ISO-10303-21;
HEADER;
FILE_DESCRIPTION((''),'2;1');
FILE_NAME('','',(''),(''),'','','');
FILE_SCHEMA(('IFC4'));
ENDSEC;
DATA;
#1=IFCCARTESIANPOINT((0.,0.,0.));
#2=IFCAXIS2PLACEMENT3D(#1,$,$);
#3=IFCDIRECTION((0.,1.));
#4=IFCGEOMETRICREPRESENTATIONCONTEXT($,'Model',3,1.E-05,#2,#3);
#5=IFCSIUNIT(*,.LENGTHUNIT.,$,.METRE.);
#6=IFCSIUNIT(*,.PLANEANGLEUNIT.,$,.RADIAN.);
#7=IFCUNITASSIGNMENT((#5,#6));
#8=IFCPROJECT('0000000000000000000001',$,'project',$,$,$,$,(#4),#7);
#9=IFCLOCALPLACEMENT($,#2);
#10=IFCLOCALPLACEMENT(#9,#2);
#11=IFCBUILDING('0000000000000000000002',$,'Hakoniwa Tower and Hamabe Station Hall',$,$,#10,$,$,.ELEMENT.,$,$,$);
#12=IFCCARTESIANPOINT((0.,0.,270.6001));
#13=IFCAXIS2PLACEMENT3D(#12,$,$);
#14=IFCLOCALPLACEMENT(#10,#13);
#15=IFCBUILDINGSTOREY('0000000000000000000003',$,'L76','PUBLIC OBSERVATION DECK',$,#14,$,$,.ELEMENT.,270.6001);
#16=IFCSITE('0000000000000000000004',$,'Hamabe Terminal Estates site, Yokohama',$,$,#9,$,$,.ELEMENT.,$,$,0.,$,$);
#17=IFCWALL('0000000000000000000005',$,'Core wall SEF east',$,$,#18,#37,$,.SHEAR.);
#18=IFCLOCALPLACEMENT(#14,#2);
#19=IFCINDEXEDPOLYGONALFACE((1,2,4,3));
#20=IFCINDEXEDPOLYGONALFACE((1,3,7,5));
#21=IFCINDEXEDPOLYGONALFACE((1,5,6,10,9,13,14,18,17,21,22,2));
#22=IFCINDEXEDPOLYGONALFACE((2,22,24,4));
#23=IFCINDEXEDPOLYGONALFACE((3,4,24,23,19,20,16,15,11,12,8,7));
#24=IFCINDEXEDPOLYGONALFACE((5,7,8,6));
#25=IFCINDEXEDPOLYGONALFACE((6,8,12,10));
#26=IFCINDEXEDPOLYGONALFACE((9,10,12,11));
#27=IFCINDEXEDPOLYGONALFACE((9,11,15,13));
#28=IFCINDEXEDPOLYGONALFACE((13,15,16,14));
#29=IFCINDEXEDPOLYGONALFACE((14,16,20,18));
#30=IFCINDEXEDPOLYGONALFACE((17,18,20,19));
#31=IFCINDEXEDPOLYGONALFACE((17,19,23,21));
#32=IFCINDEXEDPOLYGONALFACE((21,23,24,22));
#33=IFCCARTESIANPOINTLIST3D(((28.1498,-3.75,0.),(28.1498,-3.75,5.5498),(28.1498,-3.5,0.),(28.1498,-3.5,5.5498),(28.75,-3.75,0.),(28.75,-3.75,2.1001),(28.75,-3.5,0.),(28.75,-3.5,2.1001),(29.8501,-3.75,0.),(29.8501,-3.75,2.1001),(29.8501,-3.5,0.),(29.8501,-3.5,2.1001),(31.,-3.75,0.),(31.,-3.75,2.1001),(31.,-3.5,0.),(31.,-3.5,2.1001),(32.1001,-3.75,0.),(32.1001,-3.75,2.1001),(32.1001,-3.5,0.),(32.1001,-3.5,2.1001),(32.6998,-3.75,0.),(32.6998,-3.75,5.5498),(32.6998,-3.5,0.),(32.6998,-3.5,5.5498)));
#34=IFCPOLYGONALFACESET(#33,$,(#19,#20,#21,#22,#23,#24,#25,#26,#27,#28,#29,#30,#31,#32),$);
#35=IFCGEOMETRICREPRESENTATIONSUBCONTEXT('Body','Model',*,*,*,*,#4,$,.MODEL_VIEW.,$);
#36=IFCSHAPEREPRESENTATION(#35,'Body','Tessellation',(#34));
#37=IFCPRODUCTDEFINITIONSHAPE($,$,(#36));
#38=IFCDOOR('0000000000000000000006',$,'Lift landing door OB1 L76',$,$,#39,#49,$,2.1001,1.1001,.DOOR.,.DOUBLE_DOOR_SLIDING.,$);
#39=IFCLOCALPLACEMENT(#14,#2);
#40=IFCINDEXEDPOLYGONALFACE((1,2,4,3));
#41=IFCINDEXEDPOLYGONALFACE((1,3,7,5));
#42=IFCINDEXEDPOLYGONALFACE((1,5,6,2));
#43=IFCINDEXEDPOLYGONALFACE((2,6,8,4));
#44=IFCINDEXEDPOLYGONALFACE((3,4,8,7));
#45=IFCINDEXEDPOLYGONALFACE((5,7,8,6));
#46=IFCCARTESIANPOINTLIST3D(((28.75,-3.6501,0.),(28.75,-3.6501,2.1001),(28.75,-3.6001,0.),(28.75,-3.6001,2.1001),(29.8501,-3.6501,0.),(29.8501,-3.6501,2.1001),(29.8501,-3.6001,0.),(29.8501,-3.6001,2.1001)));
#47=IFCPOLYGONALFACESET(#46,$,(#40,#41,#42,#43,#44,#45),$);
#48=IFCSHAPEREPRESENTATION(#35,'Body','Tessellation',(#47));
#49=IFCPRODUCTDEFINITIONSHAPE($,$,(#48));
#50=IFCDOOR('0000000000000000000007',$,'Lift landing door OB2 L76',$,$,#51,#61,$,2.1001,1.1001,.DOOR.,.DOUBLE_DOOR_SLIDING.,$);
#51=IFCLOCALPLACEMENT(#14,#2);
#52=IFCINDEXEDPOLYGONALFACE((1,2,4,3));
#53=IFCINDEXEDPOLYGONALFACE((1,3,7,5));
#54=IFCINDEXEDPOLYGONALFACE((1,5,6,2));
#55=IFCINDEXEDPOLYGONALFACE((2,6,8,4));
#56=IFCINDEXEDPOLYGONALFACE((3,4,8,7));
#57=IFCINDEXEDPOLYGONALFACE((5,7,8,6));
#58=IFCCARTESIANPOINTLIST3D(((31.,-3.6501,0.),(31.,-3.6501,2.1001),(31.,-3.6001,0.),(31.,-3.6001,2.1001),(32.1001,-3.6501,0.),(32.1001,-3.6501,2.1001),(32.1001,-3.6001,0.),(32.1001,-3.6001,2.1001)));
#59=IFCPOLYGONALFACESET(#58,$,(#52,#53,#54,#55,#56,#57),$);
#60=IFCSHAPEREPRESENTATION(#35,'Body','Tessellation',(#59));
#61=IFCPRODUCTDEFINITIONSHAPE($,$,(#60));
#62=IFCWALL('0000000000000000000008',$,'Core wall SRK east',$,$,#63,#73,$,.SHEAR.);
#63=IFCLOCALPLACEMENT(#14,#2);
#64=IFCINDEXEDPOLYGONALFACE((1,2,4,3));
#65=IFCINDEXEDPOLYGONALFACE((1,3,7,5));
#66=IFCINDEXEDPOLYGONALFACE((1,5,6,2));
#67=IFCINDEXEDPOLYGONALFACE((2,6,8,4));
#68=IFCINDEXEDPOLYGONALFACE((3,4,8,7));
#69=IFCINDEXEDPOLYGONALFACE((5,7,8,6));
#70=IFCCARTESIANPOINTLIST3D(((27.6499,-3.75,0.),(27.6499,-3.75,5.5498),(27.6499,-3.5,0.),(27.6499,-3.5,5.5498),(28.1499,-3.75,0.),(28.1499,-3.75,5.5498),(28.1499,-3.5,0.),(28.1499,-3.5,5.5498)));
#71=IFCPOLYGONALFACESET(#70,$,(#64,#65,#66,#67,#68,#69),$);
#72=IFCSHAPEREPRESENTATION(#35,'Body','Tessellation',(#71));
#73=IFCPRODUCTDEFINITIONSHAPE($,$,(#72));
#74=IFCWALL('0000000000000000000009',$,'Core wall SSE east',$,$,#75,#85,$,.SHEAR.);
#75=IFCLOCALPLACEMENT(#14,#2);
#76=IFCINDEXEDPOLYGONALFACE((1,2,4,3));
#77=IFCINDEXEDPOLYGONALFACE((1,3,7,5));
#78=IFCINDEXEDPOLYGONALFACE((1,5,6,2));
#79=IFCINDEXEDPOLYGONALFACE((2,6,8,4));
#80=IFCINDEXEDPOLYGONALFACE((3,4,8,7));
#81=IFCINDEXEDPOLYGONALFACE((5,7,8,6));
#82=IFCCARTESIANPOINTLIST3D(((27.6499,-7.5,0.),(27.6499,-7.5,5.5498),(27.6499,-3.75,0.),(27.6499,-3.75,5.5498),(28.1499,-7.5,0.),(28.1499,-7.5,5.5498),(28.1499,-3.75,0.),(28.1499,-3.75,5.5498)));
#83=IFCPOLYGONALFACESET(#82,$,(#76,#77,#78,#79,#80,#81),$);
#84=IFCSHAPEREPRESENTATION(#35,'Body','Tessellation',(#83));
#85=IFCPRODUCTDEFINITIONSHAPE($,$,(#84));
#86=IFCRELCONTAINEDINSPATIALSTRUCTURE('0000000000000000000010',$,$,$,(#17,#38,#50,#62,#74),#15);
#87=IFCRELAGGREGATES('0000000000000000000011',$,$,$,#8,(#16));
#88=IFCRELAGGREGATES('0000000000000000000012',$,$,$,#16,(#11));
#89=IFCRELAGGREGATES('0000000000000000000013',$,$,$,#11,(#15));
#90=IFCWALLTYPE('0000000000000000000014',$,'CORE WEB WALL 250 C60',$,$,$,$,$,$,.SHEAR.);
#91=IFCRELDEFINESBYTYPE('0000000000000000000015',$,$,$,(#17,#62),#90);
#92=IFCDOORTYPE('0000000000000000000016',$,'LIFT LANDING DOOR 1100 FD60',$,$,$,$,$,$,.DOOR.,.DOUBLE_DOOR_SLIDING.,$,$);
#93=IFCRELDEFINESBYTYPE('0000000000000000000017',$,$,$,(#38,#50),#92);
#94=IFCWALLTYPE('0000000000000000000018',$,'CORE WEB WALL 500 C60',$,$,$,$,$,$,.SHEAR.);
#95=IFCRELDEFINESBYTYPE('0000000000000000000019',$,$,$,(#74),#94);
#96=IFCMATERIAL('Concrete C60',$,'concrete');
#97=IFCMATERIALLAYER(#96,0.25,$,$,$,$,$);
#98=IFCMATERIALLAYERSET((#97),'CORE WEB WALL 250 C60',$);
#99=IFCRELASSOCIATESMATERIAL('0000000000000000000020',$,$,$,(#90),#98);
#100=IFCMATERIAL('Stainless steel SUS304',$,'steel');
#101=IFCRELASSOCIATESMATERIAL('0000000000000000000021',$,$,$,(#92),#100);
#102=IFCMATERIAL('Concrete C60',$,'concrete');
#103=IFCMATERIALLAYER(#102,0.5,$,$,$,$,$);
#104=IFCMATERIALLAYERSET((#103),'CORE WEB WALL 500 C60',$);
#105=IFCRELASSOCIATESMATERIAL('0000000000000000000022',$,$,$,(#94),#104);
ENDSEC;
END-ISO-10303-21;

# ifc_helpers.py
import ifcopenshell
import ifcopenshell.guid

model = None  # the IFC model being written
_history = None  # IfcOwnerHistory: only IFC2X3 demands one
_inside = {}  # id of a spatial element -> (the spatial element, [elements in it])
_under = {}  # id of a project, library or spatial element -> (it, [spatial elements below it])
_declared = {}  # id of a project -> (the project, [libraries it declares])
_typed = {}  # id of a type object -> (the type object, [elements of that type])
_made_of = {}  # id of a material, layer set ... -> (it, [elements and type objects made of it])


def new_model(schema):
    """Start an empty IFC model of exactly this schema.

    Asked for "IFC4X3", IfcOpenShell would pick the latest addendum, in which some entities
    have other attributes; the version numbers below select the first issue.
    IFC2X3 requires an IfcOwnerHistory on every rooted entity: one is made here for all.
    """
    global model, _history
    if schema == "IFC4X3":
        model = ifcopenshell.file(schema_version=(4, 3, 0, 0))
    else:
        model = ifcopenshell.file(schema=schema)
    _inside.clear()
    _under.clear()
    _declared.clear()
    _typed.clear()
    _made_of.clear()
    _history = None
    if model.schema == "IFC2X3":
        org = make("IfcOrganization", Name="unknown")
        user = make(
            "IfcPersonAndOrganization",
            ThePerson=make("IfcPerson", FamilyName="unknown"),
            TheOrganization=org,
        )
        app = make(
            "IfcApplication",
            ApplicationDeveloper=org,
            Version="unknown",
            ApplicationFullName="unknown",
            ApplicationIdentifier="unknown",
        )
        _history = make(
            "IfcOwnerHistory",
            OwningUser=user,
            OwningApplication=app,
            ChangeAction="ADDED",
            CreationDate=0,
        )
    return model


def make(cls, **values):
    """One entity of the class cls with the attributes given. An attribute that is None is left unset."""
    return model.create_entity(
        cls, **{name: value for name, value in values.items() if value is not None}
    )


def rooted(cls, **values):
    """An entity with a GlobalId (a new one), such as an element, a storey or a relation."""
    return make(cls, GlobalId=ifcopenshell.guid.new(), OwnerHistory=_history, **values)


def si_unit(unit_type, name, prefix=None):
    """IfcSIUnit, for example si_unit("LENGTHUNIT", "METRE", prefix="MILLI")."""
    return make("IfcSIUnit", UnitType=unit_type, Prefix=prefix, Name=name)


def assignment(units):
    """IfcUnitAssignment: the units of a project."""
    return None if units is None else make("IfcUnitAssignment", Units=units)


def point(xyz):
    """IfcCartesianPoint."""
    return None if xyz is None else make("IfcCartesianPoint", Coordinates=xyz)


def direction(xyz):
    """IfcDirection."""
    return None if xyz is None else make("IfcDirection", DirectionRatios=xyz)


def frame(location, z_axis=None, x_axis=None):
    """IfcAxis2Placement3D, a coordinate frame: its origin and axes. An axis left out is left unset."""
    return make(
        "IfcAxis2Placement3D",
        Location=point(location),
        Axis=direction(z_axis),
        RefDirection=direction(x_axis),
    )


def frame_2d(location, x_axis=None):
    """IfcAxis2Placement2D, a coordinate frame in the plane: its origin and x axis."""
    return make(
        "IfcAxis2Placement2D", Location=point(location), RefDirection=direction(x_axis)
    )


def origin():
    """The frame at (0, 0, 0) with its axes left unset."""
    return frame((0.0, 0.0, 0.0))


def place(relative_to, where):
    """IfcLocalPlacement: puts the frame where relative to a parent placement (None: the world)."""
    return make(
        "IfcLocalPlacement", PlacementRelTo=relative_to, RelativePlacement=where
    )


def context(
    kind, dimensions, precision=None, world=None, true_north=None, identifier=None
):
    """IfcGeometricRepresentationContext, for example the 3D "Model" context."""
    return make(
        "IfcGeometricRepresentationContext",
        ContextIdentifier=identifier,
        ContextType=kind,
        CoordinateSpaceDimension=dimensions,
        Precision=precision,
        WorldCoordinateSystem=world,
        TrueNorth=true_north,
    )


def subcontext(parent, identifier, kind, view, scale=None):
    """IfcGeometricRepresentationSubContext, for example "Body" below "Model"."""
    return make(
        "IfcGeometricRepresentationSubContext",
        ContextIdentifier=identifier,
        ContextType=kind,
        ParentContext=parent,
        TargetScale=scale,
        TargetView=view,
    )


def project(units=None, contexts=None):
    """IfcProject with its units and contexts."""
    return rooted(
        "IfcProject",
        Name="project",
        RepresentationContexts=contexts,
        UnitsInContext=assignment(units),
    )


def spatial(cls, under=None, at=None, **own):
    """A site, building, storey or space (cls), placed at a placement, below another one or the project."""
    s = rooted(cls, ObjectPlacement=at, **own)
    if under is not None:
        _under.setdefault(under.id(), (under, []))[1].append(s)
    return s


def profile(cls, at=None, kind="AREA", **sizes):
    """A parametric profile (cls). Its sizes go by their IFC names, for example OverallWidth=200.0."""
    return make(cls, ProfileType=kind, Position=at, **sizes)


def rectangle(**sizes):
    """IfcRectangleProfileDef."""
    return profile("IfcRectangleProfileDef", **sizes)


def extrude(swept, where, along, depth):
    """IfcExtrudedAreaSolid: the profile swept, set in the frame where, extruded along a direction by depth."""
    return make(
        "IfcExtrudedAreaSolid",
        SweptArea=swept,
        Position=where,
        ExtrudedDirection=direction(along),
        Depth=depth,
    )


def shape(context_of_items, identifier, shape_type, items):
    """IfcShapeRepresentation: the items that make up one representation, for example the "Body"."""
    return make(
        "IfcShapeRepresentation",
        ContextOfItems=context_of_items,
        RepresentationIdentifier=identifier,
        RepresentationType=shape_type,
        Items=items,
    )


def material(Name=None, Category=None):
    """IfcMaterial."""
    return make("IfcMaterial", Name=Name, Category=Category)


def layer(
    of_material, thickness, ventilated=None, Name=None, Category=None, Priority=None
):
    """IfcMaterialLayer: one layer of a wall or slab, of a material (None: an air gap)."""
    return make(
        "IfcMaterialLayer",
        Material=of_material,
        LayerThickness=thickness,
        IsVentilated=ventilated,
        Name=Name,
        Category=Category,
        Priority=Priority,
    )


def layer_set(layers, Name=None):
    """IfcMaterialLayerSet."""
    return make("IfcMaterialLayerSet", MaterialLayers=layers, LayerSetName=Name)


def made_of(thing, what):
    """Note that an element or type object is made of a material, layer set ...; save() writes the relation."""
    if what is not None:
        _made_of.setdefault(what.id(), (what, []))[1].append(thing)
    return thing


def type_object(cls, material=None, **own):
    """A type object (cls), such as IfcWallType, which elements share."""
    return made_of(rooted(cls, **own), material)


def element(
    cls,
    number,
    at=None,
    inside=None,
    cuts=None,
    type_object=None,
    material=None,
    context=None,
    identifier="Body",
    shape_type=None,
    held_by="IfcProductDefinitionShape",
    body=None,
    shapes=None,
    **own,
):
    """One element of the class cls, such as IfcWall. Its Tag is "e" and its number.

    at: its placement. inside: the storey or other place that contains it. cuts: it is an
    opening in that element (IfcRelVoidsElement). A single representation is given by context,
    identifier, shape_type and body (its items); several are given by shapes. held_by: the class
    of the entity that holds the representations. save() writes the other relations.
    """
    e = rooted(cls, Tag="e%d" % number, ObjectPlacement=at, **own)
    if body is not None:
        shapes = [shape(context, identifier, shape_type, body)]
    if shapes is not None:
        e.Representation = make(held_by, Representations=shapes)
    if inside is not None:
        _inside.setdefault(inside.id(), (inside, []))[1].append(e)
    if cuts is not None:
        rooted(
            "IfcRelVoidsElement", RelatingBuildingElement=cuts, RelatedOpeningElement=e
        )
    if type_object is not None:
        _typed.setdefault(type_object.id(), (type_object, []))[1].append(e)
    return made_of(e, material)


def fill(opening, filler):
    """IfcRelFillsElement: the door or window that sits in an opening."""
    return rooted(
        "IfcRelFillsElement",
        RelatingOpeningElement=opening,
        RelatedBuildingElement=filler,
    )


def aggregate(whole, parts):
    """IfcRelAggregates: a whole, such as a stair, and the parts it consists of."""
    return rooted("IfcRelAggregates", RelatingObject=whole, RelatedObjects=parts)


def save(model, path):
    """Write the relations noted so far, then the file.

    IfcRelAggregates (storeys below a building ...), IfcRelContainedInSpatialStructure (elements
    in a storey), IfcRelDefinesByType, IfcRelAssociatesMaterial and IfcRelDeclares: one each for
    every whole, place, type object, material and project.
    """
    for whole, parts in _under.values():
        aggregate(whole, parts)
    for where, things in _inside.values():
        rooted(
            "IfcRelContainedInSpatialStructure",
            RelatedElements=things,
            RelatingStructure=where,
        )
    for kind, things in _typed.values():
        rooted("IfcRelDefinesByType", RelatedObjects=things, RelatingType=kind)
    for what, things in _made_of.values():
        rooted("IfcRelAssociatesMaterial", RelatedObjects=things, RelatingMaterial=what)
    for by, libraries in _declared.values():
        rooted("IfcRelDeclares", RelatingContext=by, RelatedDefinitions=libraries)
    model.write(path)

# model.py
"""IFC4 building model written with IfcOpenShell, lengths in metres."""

from ifc_helpers import new_model, si_unit, direction, frame, frame_2d, origin, place, context, subcontext, project, spatial, rectangle, extrude, material, layer, layer_set, type_object, element, fill, save


model = new_model("IFC4")

# Units and contexts
model_context = context("Model", 3, precision=1e-05, world=origin(), true_north=direction((0.0, 1.0)))
body_context = subcontext(model_context, "Body", "Model", "MODEL_VIEW")
ifc_project = project(units=[si_unit("LENGTHUNIT", "METRE"), si_unit("PLANEANGLEUNIT", "RADIAN")], contexts=[model_context])

# Site, building, storey
site_placement = place(None, origin())
site = spatial("IfcSite", under=ifc_project, at=site_placement, Name="Hamabe Terminal Estates site, Yokohama", CompositionType="ELEMENT", RefElevation=0.0)
building_placement = place(site_placement, origin())
building = spatial("IfcBuilding", under=site, at=building_placement, Name="Hakoniwa Tower and Hamabe Station Hall", CompositionType="ELEMENT")
storey_placement = place(building_placement, frame((0.0, 0.0, 270.6001)))
storey = spatial("IfcBuildingStorey", under=building, at=storey_placement, Name="L76", Description="PUBLIC OBSERVATION DECK", CompositionType="ELEMENT", Elevation=270.6001)

# Shared definitions
ifc_material_1 = material(Name="Concrete C60", Category="concrete")
ifc_layer_1 = layer(ifc_material_1, 0.25)
ifc_layer_set_1 = layer_set([ifc_layer_1], Name="CORE WEB WALL 250 C60")
wall_type_1 = type_object("IfcWallType", Name="CORE WEB WALL 250 C60", PredefinedType="SHEAR", material=ifc_layer_set_1)

# Wall, openings, doors
wall_1_placement = place(storey_placement, frame((28.1499, -3.625, 0.0), z_axis=(0.0, 0.0, 1.0), x_axis=(1.0, 0.0, 0.0)))
wall_1 = element("IfcWall", 1, at=wall_1_placement, inside=storey, type_object=wall_type_1, Name="Core wall SEF east", PredefinedType="SHEAR", context=body_context, shape_type="SweptSolid", body=[
    extrude(rectangle(XDim=4.55, YDim=0.25, at=frame_2d((2.2749, 0.0))), origin(), (0.0, 0.0, 1.0), 5.5498),
])
opening_1_placement = place(wall_1_placement, frame((0.6001, 0.0, 0.0)))
opening_1 = element("IfcOpeningElement", 2, at=opening_1_placement, cuts=wall_1, PredefinedType="OPENING", context=body_context, shape_type="SweptSolid", body=[
    extrude(rectangle(XDim=1.1001, YDim=2.1001, at=frame_2d((0.55, 1.05))), frame((0.0, 0.135, 0.0), z_axis=(0.0, -1.0, 0.0), x_axis=(1.0, 0.0, 0.0)), (0.0, 0.0, 1.0), 0.27),
])
opening_2_placement = place(wall_1_placement, frame((2.8501, 0.0, 0.0)))
opening_2 = element("IfcOpeningElement", 3, at=opening_2_placement, cuts=wall_1, PredefinedType="OPENING", context=body_context, shape_type="SweptSolid", body=[
    extrude(rectangle(XDim=1.1001, YDim=2.1001, at=frame_2d((0.55, 1.05))), frame((0.0, 0.135, 0.0), z_axis=(0.0, -1.0, 0.0), x_axis=(1.0, 0.0, 0.0)), (0.0, 0.0, 1.0), 0.27),
])
ifc_material_2 = material(Name="Stainless steel SUS304", Category="steel")
door_type_1 = type_object("IfcDoorType", Name="LIFT LANDING DOOR 1100 FD60", OperationType="DOUBLE_DOOR_SLIDING", PredefinedType="DOOR", material=ifc_material_2)
door_1_placement = place(opening_1_placement, origin())
door_1 = element("IfcDoor", 4, at=door_1_placement, inside=storey, type_object=door_type_1, Name="Lift landing door OB1 L76", OperationType="DOUBLE_DOOR_SLIDING", OverallHeight=2.1001, OverallWidth=1.1001, PredefinedType="DOOR", context=body_context, shape_type="SweptSolid", body=[
    extrude(rectangle(XDim=1.1001, YDim=2.1001, at=frame_2d((0.55, 1.05))), frame((0.0, 0.0249, 0.0), z_axis=(0.0, -1.0, 0.0), x_axis=(1.0, 0.0, 0.0)), (0.0, 0.0, 1.0), 0.05),
])
fill(opening_1, door_1)
door_2_placement = place(opening_2_placement, origin())
door_2 = element("IfcDoor", 5, at=door_2_placement, inside=storey, type_object=door_type_1, Name="Lift landing door OB2 L76", OperationType="DOUBLE_DOOR_SLIDING", OverallHeight=2.1001, OverallWidth=1.1001, PredefinedType="DOOR", context=body_context, shape_type="SweptSolid", body=[
    extrude(rectangle(XDim=1.1001, YDim=2.1001, at=frame_2d((0.55, 1.05))), frame((0.0, 0.0249, 0.0), z_axis=(0.0, -1.0, 0.0), x_axis=(1.0, 0.0, 0.0)), (0.0, 0.0, 1.0), 0.05),
])
fill(opening_2, door_2)

# Walls
wall_2_placement = place(storey_placement, frame((27.6499, -3.625, 0.0), z_axis=(0.0, 0.0, 1.0), x_axis=(1.0, 0.0, 0.0)))
element("IfcWall", 6, at=wall_2_placement, inside=storey, type_object=wall_type_1, Name="Core wall SRK east", PredefinedType="SHEAR", context=body_context, shape_type="SweptSolid", body=[
    extrude(rectangle(XDim=0.5, YDim=0.25, at=frame_2d((0.25, 0.0))), origin(), (0.0, 0.0, 1.0), 5.5498),
])
ifc_material_3 = material(Name="Concrete C60", Category="concrete")
ifc_layer_2 = layer(ifc_material_3, 0.5)
ifc_layer_set_2 = layer_set([ifc_layer_2], Name="CORE WEB WALL 500 C60")
wall_type_2 = type_object("IfcWallType", Name="CORE WEB WALL 500 C60", PredefinedType="SHEAR", material=ifc_layer_set_2)
wall_3_placement = place(storey_placement, frame((27.8999, -7.5, 0.0), z_axis=(0.0, 0.0, 1.0), x_axis=(0.0, 1.0, 0.0)))
element("IfcWall", 7, at=wall_3_placement, inside=storey, type_object=wall_type_2, Name="Core wall SSE east", PredefinedType="SHEAR", context=body_context, shape_type="SweptSolid", body=[
    extrude(rectangle(XDim=3.75, YDim=0.5, at=frame_2d((1.875, 0.0))), origin(), (0.0, 0.0, 1.0), 5.5498),
])

save(model, "model.ifc")
